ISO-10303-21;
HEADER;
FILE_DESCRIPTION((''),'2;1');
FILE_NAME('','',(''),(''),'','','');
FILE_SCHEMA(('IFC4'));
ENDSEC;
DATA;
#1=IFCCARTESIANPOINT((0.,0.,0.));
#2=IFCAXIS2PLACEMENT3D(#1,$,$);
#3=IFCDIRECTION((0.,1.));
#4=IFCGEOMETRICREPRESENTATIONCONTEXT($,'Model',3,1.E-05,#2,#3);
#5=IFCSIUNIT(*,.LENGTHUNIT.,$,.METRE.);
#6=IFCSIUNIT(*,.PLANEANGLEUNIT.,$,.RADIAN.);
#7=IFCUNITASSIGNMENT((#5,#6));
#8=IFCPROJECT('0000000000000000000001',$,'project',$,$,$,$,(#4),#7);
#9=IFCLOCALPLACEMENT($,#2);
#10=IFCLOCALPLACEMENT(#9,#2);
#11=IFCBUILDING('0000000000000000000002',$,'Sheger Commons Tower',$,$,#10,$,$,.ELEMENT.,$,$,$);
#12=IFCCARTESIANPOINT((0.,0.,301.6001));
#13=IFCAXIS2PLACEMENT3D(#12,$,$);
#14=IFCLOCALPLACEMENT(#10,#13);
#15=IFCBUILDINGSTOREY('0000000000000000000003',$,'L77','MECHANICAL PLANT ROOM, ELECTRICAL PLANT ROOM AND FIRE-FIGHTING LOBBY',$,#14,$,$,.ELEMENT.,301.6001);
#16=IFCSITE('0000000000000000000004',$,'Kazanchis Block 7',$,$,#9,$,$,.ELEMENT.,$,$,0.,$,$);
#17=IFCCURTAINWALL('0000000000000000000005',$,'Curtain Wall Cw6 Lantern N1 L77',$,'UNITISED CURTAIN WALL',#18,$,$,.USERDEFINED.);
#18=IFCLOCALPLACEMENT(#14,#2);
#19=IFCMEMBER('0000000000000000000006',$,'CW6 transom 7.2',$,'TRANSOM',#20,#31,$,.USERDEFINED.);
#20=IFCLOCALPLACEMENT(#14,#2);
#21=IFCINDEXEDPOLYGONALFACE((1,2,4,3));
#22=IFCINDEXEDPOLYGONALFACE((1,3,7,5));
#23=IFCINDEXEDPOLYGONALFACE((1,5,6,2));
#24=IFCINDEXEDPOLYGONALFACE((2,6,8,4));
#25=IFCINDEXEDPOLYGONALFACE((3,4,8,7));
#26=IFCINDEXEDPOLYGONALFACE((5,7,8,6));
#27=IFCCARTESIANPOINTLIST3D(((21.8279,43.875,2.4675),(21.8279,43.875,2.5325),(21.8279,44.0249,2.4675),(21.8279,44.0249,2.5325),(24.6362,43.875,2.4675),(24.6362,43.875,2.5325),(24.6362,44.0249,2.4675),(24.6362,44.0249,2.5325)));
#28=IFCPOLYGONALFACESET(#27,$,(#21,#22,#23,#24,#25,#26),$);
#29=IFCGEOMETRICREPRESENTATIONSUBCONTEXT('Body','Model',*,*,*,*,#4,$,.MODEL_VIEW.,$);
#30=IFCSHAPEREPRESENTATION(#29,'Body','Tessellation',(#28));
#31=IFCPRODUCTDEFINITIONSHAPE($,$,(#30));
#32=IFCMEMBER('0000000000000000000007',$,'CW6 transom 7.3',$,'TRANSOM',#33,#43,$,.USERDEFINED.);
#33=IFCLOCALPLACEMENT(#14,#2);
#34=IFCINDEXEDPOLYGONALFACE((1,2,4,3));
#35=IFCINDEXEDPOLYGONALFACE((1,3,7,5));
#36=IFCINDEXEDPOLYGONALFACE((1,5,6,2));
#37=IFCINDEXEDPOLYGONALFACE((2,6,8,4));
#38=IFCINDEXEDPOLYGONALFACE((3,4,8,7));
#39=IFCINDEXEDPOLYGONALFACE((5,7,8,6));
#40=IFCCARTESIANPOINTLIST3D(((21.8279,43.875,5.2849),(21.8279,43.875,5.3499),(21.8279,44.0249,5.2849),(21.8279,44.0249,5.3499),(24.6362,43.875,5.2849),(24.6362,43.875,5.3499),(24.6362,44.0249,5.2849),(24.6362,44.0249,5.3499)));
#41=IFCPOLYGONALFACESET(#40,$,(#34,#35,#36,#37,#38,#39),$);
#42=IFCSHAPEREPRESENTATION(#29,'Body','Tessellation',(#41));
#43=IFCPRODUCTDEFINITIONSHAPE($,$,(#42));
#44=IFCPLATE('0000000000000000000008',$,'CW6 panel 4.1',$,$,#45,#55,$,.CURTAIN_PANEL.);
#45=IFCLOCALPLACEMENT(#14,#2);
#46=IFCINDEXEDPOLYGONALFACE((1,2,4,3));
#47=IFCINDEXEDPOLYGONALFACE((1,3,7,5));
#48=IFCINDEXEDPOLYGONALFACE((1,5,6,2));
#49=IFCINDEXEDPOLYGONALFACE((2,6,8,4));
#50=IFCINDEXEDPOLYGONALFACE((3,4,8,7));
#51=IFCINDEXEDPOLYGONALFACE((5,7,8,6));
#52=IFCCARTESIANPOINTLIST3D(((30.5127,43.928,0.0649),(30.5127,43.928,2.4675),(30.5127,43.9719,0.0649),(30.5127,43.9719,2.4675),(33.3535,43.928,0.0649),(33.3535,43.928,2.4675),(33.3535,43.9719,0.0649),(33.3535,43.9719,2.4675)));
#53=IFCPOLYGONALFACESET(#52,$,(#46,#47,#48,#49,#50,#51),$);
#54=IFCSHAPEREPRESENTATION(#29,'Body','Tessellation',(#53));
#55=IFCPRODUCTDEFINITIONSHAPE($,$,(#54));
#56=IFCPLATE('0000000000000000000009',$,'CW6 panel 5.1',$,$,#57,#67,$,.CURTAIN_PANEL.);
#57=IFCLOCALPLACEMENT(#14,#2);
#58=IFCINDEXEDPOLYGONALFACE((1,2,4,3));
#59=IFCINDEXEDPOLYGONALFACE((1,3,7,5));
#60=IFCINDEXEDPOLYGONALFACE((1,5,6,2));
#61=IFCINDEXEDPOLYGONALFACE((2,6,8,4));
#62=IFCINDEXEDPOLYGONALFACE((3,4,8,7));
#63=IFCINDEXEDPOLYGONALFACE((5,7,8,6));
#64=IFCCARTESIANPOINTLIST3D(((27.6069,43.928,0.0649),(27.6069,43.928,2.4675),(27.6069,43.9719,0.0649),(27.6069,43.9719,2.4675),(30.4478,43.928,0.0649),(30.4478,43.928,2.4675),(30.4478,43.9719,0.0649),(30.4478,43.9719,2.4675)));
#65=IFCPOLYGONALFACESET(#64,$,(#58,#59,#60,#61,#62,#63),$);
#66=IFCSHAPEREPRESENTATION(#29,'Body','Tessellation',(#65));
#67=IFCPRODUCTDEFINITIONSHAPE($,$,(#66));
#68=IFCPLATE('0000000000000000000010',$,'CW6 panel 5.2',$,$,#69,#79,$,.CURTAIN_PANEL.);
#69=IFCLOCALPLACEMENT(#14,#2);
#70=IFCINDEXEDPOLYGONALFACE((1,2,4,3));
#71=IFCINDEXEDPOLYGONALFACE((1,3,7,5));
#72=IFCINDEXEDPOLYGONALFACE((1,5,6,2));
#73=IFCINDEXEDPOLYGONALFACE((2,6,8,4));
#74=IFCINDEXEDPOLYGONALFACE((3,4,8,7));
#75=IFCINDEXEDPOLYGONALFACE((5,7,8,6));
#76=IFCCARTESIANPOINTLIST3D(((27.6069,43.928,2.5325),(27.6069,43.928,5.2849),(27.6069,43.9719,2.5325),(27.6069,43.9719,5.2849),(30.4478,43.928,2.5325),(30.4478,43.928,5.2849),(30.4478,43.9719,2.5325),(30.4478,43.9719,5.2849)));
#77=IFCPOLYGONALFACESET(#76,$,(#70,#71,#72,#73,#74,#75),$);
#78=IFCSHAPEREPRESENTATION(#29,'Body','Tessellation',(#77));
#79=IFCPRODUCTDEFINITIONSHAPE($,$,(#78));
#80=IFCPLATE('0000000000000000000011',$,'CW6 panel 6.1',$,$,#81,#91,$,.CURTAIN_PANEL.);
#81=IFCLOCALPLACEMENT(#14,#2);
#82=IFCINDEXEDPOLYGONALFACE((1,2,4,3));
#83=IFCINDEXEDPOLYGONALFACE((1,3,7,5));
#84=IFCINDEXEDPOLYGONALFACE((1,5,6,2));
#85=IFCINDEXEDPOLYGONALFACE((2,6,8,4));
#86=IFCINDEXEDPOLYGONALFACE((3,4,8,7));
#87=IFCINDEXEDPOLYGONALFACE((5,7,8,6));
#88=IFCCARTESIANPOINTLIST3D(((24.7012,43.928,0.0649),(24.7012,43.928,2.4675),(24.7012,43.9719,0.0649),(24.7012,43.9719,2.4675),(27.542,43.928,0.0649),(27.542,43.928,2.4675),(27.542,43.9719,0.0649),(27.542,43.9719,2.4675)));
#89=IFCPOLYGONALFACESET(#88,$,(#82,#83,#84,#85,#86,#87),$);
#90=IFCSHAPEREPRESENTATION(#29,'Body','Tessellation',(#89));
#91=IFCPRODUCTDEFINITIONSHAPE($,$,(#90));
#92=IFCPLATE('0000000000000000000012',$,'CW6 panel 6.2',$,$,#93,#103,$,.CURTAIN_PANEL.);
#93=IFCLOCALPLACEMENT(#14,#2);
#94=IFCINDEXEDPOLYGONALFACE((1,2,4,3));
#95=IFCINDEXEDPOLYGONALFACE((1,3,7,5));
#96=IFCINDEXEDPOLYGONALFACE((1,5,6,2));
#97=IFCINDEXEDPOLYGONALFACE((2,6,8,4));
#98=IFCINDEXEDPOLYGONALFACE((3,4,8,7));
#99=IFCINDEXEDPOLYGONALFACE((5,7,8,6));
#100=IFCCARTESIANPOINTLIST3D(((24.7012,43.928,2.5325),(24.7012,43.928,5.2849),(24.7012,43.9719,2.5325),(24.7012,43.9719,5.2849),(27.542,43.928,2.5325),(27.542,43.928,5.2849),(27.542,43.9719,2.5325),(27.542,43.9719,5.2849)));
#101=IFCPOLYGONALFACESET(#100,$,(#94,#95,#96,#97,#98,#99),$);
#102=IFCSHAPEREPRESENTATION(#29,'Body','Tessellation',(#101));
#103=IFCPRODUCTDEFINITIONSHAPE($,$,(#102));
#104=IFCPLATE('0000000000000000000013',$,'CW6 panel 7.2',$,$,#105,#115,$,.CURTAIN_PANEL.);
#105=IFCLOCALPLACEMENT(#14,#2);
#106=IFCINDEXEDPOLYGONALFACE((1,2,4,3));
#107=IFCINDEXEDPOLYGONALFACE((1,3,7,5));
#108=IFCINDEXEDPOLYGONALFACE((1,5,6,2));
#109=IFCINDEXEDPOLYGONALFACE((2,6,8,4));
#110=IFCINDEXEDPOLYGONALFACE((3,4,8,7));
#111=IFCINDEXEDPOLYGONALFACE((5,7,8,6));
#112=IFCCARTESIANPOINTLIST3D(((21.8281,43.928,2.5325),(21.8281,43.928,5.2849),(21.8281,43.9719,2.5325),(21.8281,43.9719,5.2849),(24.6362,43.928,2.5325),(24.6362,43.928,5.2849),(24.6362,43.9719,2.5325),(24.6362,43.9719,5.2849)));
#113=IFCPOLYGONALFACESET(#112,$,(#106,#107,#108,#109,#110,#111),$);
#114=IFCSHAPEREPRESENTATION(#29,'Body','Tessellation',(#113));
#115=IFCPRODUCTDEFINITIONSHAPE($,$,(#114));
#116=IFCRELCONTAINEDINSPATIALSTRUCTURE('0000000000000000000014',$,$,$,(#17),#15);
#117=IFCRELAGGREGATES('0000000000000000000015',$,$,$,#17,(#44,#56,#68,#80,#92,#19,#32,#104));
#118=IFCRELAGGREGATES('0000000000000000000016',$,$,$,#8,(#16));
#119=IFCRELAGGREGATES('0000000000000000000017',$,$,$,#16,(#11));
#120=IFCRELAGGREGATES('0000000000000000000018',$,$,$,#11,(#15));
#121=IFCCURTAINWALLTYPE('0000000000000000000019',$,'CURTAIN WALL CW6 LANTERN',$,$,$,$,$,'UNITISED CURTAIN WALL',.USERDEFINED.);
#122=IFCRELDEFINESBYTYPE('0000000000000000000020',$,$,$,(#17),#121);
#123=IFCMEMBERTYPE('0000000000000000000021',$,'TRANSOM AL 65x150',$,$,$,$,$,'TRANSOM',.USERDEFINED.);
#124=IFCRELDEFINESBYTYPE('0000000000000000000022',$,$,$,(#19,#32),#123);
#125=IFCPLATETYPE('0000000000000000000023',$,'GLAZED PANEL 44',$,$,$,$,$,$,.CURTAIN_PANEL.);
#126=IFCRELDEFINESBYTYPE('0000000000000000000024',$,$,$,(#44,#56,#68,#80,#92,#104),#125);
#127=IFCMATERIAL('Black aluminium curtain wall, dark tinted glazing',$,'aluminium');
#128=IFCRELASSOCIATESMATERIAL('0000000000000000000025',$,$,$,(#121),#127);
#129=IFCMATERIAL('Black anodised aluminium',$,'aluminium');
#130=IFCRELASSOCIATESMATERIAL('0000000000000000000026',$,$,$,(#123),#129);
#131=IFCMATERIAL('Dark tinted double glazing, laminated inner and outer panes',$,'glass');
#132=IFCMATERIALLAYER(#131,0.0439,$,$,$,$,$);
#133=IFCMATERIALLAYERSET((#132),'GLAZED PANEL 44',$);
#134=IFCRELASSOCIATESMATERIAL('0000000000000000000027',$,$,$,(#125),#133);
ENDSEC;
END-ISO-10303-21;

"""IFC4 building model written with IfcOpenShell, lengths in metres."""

from ifc_helpers import new_model, si_unit, direction, frame, origin, origin_2d, place, context, subcontext, project, spatial, rectangle, extrude, material, layer, layer_set, material_profile, profile_set, type_object, element, aggregate, save


model = new_model("IFC4")

# Units and contexts
model_context = context("Model", 3, precision=1e-05, world=origin(), true_north=direction((0.0, 1.0)))
body_context = subcontext(model_context, "Body", "Model", "MODEL_VIEW")
ifc_project = project(units=[si_unit("LENGTHUNIT", "METRE"), si_unit("PLANEANGLEUNIT", "RADIAN")], contexts=[model_context])

# Site, building, storey
site_placement = place(None, origin())
site = spatial("IfcSite", under=ifc_project, at=site_placement, Name="Kazanchis Block 7", CompositionType="ELEMENT", RefElevation=0.0)
building_placement = place(site_placement, origin())
building = spatial("IfcBuilding", under=site, at=building_placement, Name="Sheger Commons Tower", CompositionType="ELEMENT")
storey_placement = place(building_placement, frame((0.0, 0.0, 301.6001)))
storey = spatial("IfcBuildingStorey", under=building, at=storey_placement, Name="L77", Description="MECHANICAL PLANT ROOM, ELECTRICAL PLANT ROOM AND FIRE-FIGHTING LOBBY", CompositionType="ELEMENT", Elevation=301.6001)

# Curtain wall
ifc_material_1 = material(Name="Black aluminium curtain wall, dark tinted glazing", Category="aluminium")
curtain_wall_type = type_object("IfcCurtainWallType", Name="CURTAIN WALL CW6 LANTERN", ElementType="UNITISED CURTAIN WALL", PredefinedType="USERDEFINED", material=ifc_material_1)
curtain_wall_placement = place(storey_placement, origin())
curtain_wall = element("IfcCurtainWall", 1, at=curtain_wall_placement, inside=storey, type_object=curtain_wall_type, Name="Curtain Wall Cw6 Lantern N1 L77", ObjectType="UNITISED CURTAIN WALL", PredefinedType="USERDEFINED")

# Members
ifc_material_2 = material(Name="Black anodised aluminium", Category="aluminium")
ifc_material_profile_1 = material_profile(ifc_material_2, rectangle(XDim=0.1499, YDim=0.0649, at=origin_2d()), Name="AL 65x150")
ifc_profile_set_1 = profile_set([ifc_material_profile_1], Name="Black anodised aluminium")
member_type_1 = type_object("IfcMemberType", Name="TRANSOM AL 65x150", ElementType="TRANSOM", PredefinedType="USERDEFINED", material=ifc_profile_set_1)
member_1_placement = place(storey_placement, frame((24.6362, 43.95, 2.5), z_axis=(-1.0, 0.0, 0.0), x_axis=(0.0, -1.0, 0.0)))
member_1 = element("IfcMember", 2, at=member_1_placement, type_object=member_type_1, Name="CW6 transom 7.2", ObjectType="TRANSOM", PredefinedType="USERDEFINED", context=body_context, shape_type="SweptSolid", body=[
    extrude(rectangle(XDim=0.1499, YDim=0.0649, at=origin_2d()), origin(), (0.0, 0.0, 1.0), 2.8083),
])
member_2_placement = place(storey_placement, frame((24.6362, 43.95, 5.3174), z_axis=(-1.0, 0.0, 0.0), x_axis=(0.0, -1.0, 0.0)))
member_2 = element("IfcMember", 3, at=member_2_placement, type_object=member_type_1, Name="CW6 transom 7.3", ObjectType="TRANSOM", PredefinedType="USERDEFINED", context=body_context, shape_type="SweptSolid", body=[
    extrude(rectangle(XDim=0.1499, YDim=0.0649, at=origin_2d()), origin(), (0.0, 0.0, 1.0), 2.8083),
])

# Plates
ifc_material_3 = material(Name="Dark tinted double glazing, laminated inner and outer panes", Category="glass")
ifc_layer = layer(ifc_material_3, 0.0439)
ifc_layer_set = layer_set([ifc_layer], Name="GLAZED PANEL 44")
plate_type = type_object("IfcPlateType", Name="GLAZED PANEL 44", PredefinedType="CURTAIN_PANEL", material=ifc_layer_set)
plate_1_placement = place(storey_placement, frame((31.9331, 43.95, 0.0649), z_axis=(0.0, 0.0, 1.0), x_axis=(-1.0, 0.0, 0.0)))
plate_1 = element("IfcPlate", 4, at=plate_1_placement, type_object=plate_type, Name="CW6 panel 4.1", PredefinedType="CURTAIN_PANEL", context=body_context, shape_type="SweptSolid", body=[
    extrude(rectangle(XDim=2.8408, YDim=0.0439, at=origin_2d()), origin(), (0.0, 0.0, 1.0), 2.4026),
])
plate_2_placement = place(storey_placement, frame((29.0273, 43.95, 0.0649), z_axis=(0.0, 0.0, 1.0), x_axis=(-1.0, 0.0, 0.0)))
plate_2 = element("IfcPlate", 5, at=plate_2_placement, type_object=plate_type, Name="CW6 panel 5.1", PredefinedType="CURTAIN_PANEL", context=body_context, shape_type="SweptSolid", body=[
    extrude(rectangle(XDim=2.8408, YDim=0.0439, at=origin_2d()), origin(), (0.0, 0.0, 1.0), 2.4026),
])
plate_3_placement = place(storey_placement, frame((29.0273, 43.95, 2.5325), z_axis=(0.0, 0.0, 1.0), x_axis=(-1.0, 0.0, 0.0)))
plate_3 = element("IfcPlate", 6, at=plate_3_placement, type_object=plate_type, Name="CW6 panel 5.2", PredefinedType="CURTAIN_PANEL", context=body_context, shape_type="SweptSolid", body=[
    extrude(rectangle(XDim=2.8408, YDim=0.0439, at=origin_2d()), origin(), (0.0, 0.0, 1.0), 2.7524),
])
plate_4_placement = place(storey_placement, frame((26.1216, 43.95, 0.0649), z_axis=(0.0, 0.0, 1.0), x_axis=(-1.0, 0.0, 0.0)))
plate_4 = element("IfcPlate", 7, at=plate_4_placement, type_object=plate_type, Name="CW6 panel 6.1", PredefinedType="CURTAIN_PANEL", context=body_context, shape_type="SweptSolid", body=[
    extrude(rectangle(XDim=2.8408, YDim=0.0439, at=origin_2d()), origin(), (0.0, 0.0, 1.0), 2.4026),
])
plate_5_placement = place(storey_placement, frame((26.1216, 43.95, 2.5325), z_axis=(0.0, 0.0, 1.0), x_axis=(-1.0, 0.0, 0.0)))
plate_5 = element("IfcPlate", 8, at=plate_5_placement, type_object=plate_type, Name="CW6 panel 6.2", PredefinedType="CURTAIN_PANEL", context=body_context, shape_type="SweptSolid", body=[
    extrude(rectangle(XDim=2.8408, YDim=0.0439, at=origin_2d()), origin(), (0.0, 0.0, 1.0), 2.7524),
])
plate_6_placement = place(storey_placement, frame((23.2322, 43.95, 2.5325), z_axis=(0.0, 0.0, 1.0), x_axis=(-1.0, 0.0, 0.0)))
plate_6 = element("IfcPlate", 9, at=plate_6_placement, type_object=plate_type, Name="CW6 panel 7.2", PredefinedType="CURTAIN_PANEL", context=body_context, shape_type="SweptSolid", body=[
    extrude(rectangle(XDim=2.8081, YDim=0.0439, at=origin_2d()), origin(), (0.0, 0.0, 1.0), 2.7524),
])
aggregate(curtain_wall, [plate_1, plate_2, plate_3, plate_4, plate_5, member_1, member_2, plate_6])

save(model, "model.ifc")
